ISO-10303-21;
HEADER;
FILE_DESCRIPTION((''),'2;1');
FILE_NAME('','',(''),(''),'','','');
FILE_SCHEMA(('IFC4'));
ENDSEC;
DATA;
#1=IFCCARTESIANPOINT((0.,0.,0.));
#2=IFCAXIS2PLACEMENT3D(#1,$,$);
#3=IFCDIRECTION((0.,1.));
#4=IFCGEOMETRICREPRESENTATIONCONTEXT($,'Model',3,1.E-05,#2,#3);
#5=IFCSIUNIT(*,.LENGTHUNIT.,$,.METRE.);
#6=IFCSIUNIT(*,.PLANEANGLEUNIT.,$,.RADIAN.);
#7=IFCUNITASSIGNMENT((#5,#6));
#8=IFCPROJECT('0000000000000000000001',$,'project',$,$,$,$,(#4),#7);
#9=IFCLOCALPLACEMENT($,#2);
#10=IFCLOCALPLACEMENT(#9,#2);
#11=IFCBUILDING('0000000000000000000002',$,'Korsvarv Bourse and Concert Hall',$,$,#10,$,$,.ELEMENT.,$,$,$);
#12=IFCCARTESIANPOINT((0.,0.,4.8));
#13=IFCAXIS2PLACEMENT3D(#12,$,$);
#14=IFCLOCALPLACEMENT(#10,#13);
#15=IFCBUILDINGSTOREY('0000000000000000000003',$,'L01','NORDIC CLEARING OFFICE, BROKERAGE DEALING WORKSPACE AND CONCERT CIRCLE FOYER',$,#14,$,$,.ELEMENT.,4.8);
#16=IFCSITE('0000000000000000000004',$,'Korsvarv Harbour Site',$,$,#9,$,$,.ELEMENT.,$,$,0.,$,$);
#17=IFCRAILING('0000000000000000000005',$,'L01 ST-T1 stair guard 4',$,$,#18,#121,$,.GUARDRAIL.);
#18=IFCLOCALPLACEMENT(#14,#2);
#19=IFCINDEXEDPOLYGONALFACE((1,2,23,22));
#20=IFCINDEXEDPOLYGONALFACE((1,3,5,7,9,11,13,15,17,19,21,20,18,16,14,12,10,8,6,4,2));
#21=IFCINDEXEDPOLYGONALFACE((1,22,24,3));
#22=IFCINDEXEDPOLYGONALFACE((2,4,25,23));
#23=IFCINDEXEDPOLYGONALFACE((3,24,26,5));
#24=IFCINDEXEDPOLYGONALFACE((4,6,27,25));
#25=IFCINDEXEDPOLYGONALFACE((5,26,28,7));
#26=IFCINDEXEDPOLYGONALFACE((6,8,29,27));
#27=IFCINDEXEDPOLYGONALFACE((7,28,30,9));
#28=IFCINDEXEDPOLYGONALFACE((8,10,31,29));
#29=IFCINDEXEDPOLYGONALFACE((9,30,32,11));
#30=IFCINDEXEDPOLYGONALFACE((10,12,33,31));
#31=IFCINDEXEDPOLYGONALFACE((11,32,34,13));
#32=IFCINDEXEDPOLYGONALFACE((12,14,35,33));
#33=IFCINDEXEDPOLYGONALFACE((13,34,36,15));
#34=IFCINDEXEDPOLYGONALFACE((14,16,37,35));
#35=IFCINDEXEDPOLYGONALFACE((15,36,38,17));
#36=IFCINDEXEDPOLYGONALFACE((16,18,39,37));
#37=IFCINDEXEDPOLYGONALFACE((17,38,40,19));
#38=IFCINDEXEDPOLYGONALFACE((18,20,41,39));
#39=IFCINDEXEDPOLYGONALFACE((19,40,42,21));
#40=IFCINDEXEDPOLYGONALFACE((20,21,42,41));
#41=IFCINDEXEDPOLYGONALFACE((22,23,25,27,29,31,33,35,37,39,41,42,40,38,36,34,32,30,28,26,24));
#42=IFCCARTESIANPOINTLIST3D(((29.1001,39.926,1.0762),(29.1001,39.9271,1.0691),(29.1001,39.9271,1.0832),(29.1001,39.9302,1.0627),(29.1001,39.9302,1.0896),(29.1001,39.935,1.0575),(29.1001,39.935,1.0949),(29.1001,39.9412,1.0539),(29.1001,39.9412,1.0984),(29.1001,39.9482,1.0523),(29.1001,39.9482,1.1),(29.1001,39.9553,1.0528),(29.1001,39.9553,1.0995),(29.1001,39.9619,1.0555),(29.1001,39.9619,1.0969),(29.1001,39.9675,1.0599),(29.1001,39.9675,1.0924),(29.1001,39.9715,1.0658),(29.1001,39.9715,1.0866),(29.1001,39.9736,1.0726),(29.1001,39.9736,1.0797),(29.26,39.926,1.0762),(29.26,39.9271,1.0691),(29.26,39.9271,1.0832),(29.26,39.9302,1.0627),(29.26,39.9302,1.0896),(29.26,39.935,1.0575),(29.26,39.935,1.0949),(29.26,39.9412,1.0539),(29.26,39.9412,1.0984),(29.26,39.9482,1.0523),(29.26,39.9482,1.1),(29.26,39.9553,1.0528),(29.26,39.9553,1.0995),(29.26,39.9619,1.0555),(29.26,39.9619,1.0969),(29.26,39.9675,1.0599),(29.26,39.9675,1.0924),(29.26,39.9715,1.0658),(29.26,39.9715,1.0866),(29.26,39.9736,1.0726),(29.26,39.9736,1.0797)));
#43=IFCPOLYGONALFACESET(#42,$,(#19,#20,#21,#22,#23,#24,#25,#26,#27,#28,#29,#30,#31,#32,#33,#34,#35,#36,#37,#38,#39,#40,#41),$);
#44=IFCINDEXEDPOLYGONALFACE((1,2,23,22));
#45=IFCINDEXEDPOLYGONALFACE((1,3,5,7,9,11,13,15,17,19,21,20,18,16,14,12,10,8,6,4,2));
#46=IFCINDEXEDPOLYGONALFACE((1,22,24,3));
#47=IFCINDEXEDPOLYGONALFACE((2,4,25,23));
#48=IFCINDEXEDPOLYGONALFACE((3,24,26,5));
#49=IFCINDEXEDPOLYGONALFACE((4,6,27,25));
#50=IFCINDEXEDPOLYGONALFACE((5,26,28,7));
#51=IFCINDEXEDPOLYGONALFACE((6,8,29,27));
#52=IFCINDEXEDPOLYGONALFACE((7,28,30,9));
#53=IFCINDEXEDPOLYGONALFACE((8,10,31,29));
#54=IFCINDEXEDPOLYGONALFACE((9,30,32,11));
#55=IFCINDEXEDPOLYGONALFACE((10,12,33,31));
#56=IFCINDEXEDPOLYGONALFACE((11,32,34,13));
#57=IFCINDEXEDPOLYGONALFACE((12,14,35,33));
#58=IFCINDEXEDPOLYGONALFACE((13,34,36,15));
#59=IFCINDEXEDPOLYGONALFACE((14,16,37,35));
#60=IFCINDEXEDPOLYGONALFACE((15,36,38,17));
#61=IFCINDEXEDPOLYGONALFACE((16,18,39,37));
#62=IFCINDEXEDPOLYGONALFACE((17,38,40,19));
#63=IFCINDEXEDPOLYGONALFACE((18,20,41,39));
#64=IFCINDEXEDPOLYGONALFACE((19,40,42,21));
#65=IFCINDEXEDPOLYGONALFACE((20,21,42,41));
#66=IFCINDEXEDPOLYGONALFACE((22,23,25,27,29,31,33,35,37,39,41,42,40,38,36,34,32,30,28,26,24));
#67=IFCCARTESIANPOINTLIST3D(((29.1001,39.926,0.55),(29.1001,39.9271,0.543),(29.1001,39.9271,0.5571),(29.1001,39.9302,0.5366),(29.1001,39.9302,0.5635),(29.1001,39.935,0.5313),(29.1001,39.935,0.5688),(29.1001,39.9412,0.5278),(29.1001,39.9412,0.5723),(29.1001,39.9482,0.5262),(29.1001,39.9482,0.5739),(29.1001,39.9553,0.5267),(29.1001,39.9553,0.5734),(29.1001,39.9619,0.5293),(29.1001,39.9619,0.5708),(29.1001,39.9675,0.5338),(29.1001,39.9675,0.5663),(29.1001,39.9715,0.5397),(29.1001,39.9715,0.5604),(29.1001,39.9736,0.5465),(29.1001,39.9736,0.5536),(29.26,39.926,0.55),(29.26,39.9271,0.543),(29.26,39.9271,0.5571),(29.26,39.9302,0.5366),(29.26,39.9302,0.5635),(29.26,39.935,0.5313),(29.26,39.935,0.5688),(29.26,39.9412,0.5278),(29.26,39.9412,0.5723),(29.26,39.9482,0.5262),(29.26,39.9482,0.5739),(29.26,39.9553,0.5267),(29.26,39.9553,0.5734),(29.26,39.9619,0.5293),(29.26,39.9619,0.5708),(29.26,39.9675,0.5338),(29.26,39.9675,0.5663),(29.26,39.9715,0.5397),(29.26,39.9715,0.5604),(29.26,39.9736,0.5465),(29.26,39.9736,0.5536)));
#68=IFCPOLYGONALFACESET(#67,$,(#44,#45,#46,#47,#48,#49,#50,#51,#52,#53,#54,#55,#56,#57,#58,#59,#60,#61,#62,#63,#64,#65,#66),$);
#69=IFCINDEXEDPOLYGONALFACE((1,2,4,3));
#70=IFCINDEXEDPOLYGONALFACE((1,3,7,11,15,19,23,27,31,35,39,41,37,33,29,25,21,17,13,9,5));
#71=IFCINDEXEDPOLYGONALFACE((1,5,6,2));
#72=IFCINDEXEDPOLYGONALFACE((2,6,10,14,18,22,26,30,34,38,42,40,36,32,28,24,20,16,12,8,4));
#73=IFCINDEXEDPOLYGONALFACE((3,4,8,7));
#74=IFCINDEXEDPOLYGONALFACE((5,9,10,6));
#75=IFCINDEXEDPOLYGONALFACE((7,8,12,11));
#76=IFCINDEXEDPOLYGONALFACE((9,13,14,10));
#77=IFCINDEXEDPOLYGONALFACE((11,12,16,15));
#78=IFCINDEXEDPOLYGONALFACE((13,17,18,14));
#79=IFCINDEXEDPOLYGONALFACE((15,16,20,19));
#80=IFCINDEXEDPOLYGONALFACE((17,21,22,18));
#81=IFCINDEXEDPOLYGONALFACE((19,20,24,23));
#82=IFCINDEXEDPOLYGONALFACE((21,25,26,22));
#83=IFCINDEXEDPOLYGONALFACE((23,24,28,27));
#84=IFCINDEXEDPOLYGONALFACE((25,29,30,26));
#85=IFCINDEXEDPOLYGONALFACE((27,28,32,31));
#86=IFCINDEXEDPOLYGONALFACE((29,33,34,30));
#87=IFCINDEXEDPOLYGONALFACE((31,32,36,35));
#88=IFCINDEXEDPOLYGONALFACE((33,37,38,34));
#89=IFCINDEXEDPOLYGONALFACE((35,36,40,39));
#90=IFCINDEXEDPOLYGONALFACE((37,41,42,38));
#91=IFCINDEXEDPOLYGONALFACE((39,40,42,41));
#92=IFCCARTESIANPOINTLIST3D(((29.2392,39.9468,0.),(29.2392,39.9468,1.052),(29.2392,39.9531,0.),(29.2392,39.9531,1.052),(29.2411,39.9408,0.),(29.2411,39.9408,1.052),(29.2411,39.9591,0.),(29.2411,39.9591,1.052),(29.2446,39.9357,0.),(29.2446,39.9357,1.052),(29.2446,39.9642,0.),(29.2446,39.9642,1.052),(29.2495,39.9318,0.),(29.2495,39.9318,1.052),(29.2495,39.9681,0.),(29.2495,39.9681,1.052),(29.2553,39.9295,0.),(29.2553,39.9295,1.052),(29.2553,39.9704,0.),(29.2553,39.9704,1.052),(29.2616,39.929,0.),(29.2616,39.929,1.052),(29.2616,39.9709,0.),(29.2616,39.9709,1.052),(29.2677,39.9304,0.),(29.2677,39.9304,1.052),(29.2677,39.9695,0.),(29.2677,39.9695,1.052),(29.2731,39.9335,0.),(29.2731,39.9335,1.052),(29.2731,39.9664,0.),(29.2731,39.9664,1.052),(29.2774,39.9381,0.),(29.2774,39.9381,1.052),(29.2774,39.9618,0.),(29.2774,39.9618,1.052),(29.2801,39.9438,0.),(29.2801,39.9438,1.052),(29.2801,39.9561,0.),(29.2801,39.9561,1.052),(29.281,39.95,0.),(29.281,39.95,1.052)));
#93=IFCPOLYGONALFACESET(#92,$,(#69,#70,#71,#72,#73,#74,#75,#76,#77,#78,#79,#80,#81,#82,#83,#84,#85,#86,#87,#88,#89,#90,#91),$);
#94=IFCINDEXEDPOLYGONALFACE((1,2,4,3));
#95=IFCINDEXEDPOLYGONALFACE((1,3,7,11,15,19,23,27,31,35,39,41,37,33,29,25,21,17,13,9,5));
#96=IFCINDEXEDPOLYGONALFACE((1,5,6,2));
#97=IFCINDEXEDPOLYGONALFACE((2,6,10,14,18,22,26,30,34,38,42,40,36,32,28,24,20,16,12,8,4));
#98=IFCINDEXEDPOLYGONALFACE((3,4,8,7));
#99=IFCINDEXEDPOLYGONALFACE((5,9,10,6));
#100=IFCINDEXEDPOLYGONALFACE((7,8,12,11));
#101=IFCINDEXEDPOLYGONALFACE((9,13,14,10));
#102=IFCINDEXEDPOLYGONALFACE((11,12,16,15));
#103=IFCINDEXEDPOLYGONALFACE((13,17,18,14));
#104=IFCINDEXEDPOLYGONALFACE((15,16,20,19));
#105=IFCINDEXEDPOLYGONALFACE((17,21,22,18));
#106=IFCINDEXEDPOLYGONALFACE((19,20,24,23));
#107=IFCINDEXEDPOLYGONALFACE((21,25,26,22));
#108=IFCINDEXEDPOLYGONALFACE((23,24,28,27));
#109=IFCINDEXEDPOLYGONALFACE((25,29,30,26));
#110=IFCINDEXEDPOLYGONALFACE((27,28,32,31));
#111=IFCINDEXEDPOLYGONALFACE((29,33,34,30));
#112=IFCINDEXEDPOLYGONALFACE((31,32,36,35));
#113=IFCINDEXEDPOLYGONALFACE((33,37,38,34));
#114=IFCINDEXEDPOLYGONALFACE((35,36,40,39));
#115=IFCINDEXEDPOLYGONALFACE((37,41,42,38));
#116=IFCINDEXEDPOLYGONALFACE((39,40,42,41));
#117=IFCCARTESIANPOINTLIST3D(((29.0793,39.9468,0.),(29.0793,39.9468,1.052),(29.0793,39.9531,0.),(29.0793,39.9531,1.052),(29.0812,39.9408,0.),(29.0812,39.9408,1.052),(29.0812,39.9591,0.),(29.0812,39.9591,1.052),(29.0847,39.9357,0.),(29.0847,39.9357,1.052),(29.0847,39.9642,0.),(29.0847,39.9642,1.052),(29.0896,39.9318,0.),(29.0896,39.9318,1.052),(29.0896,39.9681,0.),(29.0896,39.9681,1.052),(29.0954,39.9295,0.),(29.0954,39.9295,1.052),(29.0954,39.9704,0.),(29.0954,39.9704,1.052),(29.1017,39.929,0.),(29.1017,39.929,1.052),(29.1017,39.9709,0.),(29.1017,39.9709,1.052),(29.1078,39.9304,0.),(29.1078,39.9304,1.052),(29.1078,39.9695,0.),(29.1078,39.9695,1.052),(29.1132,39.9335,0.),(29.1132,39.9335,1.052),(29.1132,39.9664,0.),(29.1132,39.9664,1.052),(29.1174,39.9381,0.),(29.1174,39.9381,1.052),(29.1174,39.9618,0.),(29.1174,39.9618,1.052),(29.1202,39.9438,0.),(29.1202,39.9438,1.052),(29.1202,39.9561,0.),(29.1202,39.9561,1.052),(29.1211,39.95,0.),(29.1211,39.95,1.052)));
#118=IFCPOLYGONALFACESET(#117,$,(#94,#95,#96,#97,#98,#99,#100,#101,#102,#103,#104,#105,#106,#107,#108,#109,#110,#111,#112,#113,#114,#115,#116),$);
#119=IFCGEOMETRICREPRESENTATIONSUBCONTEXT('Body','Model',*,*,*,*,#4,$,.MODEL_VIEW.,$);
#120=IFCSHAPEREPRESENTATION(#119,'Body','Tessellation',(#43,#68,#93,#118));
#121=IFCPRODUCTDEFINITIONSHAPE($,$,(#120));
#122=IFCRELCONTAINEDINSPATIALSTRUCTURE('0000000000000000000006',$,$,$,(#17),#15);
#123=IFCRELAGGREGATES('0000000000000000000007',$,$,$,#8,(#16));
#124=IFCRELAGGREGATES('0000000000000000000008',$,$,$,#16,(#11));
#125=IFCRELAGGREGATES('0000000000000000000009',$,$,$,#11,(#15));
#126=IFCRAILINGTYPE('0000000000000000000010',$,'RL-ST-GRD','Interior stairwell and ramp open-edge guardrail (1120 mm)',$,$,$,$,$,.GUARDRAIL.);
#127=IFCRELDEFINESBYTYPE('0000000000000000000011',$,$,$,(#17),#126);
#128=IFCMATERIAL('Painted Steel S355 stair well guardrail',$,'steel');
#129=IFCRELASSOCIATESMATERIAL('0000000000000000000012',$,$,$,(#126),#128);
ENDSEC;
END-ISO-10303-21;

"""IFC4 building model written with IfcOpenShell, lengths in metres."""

from ifc_helpers import new_model, si_unit, direction, frame, origin, origin_2d, place, context, subcontext, project, spatial, circle, extrude, material, type_object, element, save


model = new_model("IFC4")

# Units and contexts
model_context = context("Model", 3, precision=1e-05, world=origin(), true_north=direction((0.0, 1.0)))
body_context = subcontext(model_context, "Body", "Model", "MODEL_VIEW")
ifc_project = project(units=[si_unit("LENGTHUNIT", "METRE"), si_unit("PLANEANGLEUNIT", "RADIAN")], contexts=[model_context])

# Site, building, storey
site_placement = place(None, origin())
site = spatial("IfcSite", under=ifc_project, at=site_placement, Name="Korsvarv Harbour Site", CompositionType="ELEMENT", RefElevation=0.0)
building_placement = place(site_placement, origin())
building = spatial("IfcBuilding", under=site, at=building_placement, Name="Korsvarv Bourse and Concert Hall", CompositionType="ELEMENT")
storey_placement = place(building_placement, frame((0.0, 0.0, 4.8)))
storey = spatial("IfcBuildingStorey", under=building, at=storey_placement, Name="L01", Description="NORDIC CLEARING OFFICE, BROKERAGE DEALING WORKSPACE AND CONCERT CIRCLE FOYER", CompositionType="ELEMENT", Elevation=4.8)

# Railing
ifc_material_1 = material(Name="Painted Steel S355 stair well guardrail", Category="steel")
railing_type_1 = type_object("IfcRailingType", Name="RL-ST-GRD", Description="Interior stairwell and ramp open-edge guardrail (1120 mm)", PredefinedType="GUARDRAIL", material=ifc_material_1)
railing_1_placement = place(storey_placement, frame((29.26, 39.95, 0.0)))
element("IfcRailing", 1, at=railing_1_placement, inside=storey, type_object=railing_type_1, Name="L01 ST-T1 stair guard 4", PredefinedType="GUARDRAIL", context=body_context, shape_type="SweptSolid", body=[
    extrude(circle(Radius=0.0239, at=origin_2d()), frame((0.0, 0.0, 1.0762), z_axis=(-1.0, 0.0, 0.0), x_axis=(0.0, -1.0, 0.0)), (0.0, 0.0, 1.0), 0.1599),
    extrude(circle(Radius=0.0239, at=origin_2d()), frame((0.0, 0.0, 0.55), z_axis=(-1.0, 0.0, 0.0), x_axis=(0.0, -1.0, 0.0)), (0.0, 0.0, 1.0), 0.1599),
    extrude(circle(Radius=0.021, at=origin_2d()), origin(), (0.0, 0.0, 1.0), 1.052),
    extrude(circle(Radius=0.021, at=origin_2d()), frame((-0.1599, 0.0, 0.0)), (0.0, 0.0, 1.0), 1.052),
])

save(model, "model.ifc")
